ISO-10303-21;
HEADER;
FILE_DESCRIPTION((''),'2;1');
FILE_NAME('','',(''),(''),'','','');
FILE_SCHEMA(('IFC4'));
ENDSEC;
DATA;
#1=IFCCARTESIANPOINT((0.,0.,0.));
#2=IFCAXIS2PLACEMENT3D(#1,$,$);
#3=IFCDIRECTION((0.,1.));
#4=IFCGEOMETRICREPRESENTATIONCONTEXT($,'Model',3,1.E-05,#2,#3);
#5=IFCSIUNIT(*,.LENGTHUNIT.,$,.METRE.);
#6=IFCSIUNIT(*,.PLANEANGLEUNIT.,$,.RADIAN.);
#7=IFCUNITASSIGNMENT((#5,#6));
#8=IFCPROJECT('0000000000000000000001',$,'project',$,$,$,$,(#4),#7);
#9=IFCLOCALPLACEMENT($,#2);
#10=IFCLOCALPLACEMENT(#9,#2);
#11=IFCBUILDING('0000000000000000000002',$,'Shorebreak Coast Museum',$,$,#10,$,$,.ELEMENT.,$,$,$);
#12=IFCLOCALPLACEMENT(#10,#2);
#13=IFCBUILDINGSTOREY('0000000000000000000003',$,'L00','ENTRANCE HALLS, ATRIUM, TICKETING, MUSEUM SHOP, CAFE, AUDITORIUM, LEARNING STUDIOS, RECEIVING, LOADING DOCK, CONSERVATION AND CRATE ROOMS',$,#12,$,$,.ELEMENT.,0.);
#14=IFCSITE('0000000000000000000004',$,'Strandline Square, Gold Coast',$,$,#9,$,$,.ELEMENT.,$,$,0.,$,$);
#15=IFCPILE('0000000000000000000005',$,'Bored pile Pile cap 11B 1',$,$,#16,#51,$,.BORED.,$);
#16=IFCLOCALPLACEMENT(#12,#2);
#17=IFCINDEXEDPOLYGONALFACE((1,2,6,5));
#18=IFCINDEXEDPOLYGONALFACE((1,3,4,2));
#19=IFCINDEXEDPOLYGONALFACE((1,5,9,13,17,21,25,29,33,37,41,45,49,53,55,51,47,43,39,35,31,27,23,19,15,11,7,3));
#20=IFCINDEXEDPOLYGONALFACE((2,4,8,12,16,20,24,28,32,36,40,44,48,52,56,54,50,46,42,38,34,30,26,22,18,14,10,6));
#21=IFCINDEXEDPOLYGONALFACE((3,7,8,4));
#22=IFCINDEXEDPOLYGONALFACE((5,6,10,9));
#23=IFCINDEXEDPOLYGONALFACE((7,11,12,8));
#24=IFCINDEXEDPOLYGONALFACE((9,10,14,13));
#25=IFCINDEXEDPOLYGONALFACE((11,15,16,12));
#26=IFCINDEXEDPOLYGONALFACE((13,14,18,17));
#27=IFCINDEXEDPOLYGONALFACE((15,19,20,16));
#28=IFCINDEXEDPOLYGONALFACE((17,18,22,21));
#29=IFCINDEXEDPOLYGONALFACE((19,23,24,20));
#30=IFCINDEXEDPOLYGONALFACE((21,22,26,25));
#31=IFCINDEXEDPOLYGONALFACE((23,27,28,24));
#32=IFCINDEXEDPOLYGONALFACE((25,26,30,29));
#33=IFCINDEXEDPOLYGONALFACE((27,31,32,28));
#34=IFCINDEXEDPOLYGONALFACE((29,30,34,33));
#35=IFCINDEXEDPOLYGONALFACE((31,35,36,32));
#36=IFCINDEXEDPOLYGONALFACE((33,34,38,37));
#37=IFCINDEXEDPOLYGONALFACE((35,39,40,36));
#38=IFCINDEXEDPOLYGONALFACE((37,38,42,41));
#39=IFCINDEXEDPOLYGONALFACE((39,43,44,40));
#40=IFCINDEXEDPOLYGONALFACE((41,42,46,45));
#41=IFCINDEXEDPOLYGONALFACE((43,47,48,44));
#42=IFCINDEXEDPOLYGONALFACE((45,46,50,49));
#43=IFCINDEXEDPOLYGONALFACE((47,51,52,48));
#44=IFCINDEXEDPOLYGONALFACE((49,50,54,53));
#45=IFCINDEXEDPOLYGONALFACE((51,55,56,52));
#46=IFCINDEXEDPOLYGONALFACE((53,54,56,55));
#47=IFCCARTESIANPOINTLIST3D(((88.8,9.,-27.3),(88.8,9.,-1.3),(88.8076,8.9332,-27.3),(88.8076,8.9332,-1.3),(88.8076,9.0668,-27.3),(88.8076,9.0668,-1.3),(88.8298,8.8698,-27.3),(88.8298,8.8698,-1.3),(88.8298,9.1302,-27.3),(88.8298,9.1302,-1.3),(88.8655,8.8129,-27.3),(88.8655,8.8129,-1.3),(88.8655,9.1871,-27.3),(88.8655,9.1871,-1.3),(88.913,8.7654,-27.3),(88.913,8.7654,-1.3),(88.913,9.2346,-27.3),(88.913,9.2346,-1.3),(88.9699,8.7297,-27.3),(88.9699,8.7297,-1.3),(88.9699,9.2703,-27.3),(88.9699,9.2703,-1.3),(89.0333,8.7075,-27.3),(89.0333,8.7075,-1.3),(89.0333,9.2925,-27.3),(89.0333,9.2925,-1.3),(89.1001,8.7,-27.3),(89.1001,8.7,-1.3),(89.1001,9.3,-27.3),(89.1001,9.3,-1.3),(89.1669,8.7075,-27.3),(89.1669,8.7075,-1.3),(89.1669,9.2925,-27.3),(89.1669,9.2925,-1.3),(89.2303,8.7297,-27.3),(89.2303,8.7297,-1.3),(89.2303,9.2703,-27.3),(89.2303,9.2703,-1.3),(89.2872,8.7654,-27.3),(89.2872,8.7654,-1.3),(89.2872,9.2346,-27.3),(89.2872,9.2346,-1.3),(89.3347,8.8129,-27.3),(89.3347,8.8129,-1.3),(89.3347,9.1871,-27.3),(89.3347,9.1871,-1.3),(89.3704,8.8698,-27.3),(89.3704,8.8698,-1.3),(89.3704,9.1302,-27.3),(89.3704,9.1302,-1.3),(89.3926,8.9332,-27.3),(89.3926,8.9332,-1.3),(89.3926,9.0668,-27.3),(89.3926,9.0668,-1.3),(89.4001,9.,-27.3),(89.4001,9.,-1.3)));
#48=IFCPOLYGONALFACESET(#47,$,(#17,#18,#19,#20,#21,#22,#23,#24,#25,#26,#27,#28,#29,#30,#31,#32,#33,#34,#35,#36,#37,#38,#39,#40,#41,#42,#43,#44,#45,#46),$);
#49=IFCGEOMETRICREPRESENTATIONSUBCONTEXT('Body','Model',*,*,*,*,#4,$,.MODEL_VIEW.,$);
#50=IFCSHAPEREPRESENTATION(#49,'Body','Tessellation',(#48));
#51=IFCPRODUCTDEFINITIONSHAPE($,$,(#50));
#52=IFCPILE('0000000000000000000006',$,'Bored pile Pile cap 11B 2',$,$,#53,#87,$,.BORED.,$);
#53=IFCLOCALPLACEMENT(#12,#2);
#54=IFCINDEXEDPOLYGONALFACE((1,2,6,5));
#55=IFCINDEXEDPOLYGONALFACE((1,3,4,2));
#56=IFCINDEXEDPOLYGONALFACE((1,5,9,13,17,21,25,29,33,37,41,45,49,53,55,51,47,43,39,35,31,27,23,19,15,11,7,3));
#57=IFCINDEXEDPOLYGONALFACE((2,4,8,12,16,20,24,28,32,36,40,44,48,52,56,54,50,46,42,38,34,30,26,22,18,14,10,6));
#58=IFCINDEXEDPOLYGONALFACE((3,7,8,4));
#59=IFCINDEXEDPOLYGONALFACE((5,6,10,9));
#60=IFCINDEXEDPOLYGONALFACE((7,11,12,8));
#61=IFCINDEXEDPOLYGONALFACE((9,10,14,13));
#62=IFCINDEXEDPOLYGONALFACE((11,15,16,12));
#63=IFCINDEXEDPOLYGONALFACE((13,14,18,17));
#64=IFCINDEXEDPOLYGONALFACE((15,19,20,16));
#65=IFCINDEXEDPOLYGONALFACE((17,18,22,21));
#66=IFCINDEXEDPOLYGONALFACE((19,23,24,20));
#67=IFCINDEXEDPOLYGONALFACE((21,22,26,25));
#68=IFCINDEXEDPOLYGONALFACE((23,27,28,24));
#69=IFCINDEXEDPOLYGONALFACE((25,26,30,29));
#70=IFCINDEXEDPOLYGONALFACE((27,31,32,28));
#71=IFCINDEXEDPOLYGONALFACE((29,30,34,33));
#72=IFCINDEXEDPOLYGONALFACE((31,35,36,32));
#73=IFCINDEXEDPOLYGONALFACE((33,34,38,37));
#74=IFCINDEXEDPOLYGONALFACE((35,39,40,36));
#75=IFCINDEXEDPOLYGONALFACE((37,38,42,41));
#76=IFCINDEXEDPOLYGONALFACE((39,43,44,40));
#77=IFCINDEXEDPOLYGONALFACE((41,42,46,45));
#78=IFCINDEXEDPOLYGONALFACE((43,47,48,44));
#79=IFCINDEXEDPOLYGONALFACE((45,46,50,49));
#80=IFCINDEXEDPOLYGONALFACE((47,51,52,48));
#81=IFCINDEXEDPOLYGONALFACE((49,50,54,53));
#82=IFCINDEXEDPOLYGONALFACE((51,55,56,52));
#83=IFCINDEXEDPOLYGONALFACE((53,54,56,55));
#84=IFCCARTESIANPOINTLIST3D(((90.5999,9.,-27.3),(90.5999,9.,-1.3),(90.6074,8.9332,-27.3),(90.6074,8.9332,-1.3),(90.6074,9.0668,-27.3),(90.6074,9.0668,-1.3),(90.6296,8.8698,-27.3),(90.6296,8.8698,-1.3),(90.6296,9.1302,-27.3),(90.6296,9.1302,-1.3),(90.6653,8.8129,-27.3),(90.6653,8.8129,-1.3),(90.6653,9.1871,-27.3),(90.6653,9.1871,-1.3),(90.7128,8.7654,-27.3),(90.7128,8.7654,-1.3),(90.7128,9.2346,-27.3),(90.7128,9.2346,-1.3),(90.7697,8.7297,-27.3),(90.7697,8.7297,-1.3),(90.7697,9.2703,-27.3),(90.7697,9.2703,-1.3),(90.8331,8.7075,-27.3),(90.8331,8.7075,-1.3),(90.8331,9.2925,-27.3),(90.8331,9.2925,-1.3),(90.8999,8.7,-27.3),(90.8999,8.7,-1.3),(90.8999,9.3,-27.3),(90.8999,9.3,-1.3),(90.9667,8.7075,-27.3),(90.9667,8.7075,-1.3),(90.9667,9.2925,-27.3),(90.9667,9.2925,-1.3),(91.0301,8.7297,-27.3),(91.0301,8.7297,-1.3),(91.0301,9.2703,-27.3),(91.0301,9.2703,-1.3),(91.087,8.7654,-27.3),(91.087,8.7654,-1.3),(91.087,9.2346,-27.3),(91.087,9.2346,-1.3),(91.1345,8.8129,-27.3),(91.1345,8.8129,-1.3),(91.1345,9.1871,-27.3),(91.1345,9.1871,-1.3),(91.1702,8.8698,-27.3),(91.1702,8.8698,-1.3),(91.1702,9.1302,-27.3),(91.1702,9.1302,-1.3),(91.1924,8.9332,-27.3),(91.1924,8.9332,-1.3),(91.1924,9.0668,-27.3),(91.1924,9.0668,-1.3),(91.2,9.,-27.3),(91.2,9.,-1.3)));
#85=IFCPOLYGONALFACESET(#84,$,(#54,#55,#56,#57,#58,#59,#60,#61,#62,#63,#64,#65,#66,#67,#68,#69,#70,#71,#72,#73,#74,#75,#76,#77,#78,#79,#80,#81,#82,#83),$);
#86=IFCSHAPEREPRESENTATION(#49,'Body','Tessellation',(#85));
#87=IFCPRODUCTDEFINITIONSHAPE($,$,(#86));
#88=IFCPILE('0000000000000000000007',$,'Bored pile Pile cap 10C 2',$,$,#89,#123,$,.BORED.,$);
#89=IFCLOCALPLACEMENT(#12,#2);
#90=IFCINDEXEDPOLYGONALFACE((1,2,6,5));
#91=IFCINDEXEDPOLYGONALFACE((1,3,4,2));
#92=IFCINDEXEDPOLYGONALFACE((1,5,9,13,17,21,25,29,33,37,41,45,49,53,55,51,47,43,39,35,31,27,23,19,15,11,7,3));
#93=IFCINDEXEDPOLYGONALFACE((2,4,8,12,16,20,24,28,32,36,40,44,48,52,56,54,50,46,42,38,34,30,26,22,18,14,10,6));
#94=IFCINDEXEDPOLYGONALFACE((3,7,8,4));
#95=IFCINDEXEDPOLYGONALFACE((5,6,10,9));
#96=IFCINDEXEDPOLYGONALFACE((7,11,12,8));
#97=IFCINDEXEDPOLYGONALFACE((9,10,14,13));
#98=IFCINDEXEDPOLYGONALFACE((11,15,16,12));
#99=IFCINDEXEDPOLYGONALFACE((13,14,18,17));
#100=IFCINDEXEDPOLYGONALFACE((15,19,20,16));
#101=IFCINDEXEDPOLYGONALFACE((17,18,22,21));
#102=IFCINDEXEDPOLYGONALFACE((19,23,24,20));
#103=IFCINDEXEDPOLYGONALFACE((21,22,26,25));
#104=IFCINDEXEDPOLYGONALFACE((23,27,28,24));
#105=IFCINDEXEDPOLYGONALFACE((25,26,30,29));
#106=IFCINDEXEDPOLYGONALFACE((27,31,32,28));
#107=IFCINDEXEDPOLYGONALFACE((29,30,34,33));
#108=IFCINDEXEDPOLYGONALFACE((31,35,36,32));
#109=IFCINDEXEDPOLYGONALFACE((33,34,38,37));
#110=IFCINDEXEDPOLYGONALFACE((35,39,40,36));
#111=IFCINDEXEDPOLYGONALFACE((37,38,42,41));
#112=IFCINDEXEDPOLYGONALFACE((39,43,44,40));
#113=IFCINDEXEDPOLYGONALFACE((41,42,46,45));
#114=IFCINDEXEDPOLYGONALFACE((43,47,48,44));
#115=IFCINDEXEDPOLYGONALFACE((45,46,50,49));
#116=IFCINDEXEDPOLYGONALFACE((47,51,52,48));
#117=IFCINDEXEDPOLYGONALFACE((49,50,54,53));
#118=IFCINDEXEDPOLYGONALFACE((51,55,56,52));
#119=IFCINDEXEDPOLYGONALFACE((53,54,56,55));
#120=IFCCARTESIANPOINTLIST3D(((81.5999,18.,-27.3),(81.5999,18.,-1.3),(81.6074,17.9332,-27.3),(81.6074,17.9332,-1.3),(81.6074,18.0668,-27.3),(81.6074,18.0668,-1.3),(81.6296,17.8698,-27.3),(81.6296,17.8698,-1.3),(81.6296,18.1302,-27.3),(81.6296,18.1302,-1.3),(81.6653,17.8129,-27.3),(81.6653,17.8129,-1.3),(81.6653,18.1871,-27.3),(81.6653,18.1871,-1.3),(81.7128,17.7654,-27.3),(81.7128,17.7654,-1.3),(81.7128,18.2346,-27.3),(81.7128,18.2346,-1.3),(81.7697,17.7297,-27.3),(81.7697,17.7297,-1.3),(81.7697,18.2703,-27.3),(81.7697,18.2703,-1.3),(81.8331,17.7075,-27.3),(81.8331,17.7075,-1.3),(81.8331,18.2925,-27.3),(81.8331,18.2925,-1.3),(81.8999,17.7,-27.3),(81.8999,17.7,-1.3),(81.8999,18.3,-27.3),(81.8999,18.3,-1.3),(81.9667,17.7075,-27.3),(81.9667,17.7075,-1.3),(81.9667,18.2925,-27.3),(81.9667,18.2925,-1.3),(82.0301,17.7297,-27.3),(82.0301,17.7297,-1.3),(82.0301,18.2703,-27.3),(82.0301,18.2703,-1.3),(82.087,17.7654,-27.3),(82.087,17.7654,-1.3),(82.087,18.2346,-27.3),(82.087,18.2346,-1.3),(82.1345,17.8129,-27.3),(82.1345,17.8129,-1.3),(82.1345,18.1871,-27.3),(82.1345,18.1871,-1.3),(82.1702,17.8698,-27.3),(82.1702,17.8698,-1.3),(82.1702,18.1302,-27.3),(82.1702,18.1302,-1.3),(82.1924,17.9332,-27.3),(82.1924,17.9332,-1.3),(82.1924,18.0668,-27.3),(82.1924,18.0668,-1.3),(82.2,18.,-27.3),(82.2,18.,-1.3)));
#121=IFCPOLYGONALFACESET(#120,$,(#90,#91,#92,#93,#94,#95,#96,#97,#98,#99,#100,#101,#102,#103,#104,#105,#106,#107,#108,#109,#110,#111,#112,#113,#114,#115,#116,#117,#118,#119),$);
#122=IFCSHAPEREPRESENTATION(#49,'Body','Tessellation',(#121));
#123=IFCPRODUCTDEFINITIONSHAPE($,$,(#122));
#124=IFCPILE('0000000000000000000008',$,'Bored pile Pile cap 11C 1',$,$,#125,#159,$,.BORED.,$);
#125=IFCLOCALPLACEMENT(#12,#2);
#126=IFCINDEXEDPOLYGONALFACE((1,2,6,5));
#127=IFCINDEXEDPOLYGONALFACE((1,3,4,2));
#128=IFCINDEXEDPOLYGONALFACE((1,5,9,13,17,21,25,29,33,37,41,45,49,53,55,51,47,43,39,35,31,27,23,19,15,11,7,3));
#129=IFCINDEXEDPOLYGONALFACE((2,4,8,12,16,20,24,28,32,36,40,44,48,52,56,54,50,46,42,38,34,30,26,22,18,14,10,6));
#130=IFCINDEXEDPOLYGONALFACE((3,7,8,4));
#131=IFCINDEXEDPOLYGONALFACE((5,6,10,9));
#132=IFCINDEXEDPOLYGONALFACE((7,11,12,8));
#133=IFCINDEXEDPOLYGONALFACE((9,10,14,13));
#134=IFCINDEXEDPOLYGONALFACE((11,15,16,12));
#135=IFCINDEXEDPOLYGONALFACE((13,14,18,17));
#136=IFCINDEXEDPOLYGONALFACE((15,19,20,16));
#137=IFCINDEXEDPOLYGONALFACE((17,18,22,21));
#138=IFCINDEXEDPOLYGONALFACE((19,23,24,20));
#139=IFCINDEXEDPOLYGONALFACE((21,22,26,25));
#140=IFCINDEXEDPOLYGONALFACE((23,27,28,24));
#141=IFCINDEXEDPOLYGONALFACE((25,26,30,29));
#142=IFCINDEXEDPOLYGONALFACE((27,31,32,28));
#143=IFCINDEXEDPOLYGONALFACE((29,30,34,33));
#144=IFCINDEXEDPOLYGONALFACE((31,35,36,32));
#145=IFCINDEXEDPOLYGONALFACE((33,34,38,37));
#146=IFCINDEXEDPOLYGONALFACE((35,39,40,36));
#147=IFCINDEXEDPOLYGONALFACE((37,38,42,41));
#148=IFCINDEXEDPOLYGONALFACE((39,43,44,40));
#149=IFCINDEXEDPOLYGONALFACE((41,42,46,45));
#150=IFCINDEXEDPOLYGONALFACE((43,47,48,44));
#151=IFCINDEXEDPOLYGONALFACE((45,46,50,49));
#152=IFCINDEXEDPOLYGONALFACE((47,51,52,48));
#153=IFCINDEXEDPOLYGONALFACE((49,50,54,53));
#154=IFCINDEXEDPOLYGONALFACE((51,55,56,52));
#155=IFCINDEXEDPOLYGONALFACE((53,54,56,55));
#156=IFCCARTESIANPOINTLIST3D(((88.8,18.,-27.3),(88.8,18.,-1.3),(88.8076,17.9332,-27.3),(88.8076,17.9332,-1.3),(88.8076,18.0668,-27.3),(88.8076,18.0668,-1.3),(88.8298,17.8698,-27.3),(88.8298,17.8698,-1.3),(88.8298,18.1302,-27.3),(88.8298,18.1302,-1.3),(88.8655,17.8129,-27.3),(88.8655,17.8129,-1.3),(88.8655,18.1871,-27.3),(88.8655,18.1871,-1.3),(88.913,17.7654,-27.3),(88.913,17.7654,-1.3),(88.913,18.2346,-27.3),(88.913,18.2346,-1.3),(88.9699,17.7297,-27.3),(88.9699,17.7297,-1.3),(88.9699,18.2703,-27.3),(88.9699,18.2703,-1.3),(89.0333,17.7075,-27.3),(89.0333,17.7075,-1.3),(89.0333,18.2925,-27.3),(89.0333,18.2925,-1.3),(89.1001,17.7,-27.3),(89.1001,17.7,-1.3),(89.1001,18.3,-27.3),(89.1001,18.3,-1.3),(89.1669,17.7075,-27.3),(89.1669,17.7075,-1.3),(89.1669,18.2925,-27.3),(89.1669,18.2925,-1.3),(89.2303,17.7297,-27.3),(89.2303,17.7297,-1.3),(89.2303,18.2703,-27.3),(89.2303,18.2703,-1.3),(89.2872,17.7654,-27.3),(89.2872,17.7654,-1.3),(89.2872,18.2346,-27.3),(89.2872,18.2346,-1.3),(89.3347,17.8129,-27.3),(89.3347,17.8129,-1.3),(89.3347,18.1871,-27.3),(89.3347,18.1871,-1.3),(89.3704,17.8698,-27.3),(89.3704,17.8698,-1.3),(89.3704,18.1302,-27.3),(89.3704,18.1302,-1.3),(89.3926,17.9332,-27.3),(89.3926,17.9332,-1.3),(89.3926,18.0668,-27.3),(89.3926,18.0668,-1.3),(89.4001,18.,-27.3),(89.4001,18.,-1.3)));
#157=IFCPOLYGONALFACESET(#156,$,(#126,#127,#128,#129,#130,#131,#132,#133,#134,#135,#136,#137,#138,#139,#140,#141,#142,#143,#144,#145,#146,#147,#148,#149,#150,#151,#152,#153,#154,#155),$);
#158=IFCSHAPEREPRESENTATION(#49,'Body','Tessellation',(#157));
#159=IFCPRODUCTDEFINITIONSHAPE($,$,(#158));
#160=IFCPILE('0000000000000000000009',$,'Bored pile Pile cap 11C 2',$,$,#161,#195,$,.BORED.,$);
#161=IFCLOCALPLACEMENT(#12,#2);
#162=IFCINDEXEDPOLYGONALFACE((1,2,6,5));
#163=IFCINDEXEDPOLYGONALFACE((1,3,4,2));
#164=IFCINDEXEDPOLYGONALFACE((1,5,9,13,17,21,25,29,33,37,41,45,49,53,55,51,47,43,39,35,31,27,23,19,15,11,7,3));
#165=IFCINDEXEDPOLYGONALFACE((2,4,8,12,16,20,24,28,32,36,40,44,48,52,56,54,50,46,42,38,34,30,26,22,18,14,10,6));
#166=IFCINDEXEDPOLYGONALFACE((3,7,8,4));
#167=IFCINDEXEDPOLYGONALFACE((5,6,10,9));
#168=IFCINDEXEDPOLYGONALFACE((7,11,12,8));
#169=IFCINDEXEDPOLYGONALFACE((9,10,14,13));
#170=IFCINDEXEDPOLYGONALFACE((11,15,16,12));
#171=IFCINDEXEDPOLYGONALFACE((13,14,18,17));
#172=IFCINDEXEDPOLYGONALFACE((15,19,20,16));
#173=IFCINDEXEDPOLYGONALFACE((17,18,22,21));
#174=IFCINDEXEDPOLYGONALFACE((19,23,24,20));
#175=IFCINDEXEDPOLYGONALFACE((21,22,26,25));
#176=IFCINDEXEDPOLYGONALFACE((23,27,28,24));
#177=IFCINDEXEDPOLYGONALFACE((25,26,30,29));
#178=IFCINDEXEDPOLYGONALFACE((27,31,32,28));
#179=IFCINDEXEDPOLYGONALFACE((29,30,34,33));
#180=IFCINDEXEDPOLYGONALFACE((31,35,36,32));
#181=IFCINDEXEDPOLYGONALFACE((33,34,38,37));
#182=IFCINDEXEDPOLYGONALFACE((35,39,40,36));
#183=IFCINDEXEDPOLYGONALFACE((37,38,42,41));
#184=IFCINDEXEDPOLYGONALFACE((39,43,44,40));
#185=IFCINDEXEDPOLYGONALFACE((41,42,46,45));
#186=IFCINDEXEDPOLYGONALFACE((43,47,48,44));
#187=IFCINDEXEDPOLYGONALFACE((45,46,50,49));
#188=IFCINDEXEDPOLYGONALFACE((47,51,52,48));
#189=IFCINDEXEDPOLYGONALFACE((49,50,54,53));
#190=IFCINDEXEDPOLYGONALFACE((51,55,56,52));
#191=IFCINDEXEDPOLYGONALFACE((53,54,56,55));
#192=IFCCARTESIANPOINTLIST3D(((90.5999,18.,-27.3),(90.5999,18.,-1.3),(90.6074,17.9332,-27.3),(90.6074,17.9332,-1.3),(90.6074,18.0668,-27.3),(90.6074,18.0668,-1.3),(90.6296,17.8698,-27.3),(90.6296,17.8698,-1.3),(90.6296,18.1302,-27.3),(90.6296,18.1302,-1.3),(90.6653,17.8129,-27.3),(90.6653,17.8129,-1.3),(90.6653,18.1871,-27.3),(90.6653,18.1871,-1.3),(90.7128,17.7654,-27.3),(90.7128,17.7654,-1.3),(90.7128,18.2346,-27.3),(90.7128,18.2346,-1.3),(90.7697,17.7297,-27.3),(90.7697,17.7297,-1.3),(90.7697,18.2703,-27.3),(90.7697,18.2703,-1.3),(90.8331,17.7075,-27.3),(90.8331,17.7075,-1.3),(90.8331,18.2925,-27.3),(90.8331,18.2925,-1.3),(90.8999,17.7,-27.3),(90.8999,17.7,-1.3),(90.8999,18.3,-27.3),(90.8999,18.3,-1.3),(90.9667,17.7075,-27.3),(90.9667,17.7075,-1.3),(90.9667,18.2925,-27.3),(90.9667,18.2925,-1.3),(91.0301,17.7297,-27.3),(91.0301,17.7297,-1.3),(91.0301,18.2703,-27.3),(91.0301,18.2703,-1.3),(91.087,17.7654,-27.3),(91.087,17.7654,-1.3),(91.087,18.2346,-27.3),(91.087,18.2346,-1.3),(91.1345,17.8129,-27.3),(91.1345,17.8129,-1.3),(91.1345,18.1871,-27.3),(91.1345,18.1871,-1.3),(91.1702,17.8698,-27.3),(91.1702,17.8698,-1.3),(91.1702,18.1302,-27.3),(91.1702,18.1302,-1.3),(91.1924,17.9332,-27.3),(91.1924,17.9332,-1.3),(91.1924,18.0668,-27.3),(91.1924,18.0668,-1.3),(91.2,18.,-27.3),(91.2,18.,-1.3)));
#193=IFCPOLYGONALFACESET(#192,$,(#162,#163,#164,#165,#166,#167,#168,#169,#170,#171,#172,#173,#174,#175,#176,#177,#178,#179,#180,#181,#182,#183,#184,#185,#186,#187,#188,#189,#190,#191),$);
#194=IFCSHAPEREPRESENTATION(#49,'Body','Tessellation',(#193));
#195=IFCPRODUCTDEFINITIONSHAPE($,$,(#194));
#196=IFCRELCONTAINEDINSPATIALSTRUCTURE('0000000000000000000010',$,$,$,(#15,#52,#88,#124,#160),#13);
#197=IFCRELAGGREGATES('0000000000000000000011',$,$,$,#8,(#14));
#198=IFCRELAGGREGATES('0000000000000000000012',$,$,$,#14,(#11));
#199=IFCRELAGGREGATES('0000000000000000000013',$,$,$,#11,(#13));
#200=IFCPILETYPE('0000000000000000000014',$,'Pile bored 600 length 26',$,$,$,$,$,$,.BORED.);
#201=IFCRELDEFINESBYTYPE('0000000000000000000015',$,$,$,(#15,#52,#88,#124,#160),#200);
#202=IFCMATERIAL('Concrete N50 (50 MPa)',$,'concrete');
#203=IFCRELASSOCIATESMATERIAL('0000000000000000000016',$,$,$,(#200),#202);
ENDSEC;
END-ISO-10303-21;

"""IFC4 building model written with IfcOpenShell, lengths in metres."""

from ifc_helpers import new_model, si_unit, direction, frame, origin, origin_2d, place, context, subcontext, project, spatial, circle, extrude, material, material_profile, profile_set, type_object, element, save


model = new_model("IFC4")

# Units and contexts
model_context = context("Model", 3, precision=1e-05, world=origin(), true_north=direction((0.0, 1.0)))
body_context = subcontext(model_context, "Body", "Model", "MODEL_VIEW")
ifc_project = project(units=[si_unit("LENGTHUNIT", "METRE"), si_unit("PLANEANGLEUNIT", "RADIAN")], contexts=[model_context])

# Site, building, storey
site_placement = place(None, origin())
site = spatial("IfcSite", under=ifc_project, at=site_placement, Name="Strandline Square, Gold Coast", CompositionType="ELEMENT", RefElevation=0.0)
building_placement = place(site_placement, origin())
building = spatial("IfcBuilding", under=site, at=building_placement, Name="Shorebreak Coast Museum", CompositionType="ELEMENT")
storey_placement = place(building_placement, origin())
storey = spatial("IfcBuildingStorey", under=building, at=storey_placement, Name="L00", Description="ENTRANCE HALLS, ATRIUM, TICKETING, MUSEUM SHOP, CAFE, AUDITORIUM, LEARNING STUDIOS, RECEIVING, LOADING DOCK, CONSERVATION AND CRATE ROOMS", CompositionType="ELEMENT", Elevation=0.0)

# Piles
ifc_material_1 = material(Name="Concrete N50 (50 MPa)", Category="concrete")
ifc_material_profile_1 = material_profile(ifc_material_1, circle(Radius=0.3, at=origin_2d()), Name="Pile bored 600 length 26")
ifc_profile_set_1 = profile_set([ifc_material_profile_1], Name="Concrete N50 (50 MPa)")
pile_type = type_object("IfcPileType", Name="Pile bored 600 length 26", PredefinedType="BORED", material=ifc_profile_set_1)
for number, where, z_axis, x_axis, name in (
    (1, (89.1001, 9.0, -1.3), (0.0, 0.0, -1.0), (1.0, 0.0, 0.0), "Bored pile Pile cap 11B 1"),
    (2, (90.8999, 9.0, -1.3), (0.0, 0.0, -1.0), (1.0, 0.0, 0.0), "Bored pile Pile cap 11B 2"),
    (3, (81.8999, 18.0, -1.3), (0.0, 0.0, -1.0), (1.0, 0.0, 0.0), "Bored pile Pile cap 10C 2"),
    (4, (89.1001, 18.0, -1.3), (0.0, 0.0, -1.0), (1.0, 0.0, 0.0), "Bored pile Pile cap 11C 1"),
    (5, (90.8999, 18.0, -1.3), (0.0, 0.0, -1.0), (1.0, 0.0, 0.0), "Bored pile Pile cap 11C 2"),
):
    element("IfcPile", number, at=place(storey_placement, frame(where, z_axis=z_axis, x_axis=x_axis)), inside=storey, type_object=pile_type, Name=name, PredefinedType="BORED", context=body_context, shape_type="SweptSolid", body=[
        extrude(circle(Radius=0.3, at=origin_2d()), origin(), (0.0, 0.0, 1.0), 26.0),
    ])

save(model, "model.ifc")
